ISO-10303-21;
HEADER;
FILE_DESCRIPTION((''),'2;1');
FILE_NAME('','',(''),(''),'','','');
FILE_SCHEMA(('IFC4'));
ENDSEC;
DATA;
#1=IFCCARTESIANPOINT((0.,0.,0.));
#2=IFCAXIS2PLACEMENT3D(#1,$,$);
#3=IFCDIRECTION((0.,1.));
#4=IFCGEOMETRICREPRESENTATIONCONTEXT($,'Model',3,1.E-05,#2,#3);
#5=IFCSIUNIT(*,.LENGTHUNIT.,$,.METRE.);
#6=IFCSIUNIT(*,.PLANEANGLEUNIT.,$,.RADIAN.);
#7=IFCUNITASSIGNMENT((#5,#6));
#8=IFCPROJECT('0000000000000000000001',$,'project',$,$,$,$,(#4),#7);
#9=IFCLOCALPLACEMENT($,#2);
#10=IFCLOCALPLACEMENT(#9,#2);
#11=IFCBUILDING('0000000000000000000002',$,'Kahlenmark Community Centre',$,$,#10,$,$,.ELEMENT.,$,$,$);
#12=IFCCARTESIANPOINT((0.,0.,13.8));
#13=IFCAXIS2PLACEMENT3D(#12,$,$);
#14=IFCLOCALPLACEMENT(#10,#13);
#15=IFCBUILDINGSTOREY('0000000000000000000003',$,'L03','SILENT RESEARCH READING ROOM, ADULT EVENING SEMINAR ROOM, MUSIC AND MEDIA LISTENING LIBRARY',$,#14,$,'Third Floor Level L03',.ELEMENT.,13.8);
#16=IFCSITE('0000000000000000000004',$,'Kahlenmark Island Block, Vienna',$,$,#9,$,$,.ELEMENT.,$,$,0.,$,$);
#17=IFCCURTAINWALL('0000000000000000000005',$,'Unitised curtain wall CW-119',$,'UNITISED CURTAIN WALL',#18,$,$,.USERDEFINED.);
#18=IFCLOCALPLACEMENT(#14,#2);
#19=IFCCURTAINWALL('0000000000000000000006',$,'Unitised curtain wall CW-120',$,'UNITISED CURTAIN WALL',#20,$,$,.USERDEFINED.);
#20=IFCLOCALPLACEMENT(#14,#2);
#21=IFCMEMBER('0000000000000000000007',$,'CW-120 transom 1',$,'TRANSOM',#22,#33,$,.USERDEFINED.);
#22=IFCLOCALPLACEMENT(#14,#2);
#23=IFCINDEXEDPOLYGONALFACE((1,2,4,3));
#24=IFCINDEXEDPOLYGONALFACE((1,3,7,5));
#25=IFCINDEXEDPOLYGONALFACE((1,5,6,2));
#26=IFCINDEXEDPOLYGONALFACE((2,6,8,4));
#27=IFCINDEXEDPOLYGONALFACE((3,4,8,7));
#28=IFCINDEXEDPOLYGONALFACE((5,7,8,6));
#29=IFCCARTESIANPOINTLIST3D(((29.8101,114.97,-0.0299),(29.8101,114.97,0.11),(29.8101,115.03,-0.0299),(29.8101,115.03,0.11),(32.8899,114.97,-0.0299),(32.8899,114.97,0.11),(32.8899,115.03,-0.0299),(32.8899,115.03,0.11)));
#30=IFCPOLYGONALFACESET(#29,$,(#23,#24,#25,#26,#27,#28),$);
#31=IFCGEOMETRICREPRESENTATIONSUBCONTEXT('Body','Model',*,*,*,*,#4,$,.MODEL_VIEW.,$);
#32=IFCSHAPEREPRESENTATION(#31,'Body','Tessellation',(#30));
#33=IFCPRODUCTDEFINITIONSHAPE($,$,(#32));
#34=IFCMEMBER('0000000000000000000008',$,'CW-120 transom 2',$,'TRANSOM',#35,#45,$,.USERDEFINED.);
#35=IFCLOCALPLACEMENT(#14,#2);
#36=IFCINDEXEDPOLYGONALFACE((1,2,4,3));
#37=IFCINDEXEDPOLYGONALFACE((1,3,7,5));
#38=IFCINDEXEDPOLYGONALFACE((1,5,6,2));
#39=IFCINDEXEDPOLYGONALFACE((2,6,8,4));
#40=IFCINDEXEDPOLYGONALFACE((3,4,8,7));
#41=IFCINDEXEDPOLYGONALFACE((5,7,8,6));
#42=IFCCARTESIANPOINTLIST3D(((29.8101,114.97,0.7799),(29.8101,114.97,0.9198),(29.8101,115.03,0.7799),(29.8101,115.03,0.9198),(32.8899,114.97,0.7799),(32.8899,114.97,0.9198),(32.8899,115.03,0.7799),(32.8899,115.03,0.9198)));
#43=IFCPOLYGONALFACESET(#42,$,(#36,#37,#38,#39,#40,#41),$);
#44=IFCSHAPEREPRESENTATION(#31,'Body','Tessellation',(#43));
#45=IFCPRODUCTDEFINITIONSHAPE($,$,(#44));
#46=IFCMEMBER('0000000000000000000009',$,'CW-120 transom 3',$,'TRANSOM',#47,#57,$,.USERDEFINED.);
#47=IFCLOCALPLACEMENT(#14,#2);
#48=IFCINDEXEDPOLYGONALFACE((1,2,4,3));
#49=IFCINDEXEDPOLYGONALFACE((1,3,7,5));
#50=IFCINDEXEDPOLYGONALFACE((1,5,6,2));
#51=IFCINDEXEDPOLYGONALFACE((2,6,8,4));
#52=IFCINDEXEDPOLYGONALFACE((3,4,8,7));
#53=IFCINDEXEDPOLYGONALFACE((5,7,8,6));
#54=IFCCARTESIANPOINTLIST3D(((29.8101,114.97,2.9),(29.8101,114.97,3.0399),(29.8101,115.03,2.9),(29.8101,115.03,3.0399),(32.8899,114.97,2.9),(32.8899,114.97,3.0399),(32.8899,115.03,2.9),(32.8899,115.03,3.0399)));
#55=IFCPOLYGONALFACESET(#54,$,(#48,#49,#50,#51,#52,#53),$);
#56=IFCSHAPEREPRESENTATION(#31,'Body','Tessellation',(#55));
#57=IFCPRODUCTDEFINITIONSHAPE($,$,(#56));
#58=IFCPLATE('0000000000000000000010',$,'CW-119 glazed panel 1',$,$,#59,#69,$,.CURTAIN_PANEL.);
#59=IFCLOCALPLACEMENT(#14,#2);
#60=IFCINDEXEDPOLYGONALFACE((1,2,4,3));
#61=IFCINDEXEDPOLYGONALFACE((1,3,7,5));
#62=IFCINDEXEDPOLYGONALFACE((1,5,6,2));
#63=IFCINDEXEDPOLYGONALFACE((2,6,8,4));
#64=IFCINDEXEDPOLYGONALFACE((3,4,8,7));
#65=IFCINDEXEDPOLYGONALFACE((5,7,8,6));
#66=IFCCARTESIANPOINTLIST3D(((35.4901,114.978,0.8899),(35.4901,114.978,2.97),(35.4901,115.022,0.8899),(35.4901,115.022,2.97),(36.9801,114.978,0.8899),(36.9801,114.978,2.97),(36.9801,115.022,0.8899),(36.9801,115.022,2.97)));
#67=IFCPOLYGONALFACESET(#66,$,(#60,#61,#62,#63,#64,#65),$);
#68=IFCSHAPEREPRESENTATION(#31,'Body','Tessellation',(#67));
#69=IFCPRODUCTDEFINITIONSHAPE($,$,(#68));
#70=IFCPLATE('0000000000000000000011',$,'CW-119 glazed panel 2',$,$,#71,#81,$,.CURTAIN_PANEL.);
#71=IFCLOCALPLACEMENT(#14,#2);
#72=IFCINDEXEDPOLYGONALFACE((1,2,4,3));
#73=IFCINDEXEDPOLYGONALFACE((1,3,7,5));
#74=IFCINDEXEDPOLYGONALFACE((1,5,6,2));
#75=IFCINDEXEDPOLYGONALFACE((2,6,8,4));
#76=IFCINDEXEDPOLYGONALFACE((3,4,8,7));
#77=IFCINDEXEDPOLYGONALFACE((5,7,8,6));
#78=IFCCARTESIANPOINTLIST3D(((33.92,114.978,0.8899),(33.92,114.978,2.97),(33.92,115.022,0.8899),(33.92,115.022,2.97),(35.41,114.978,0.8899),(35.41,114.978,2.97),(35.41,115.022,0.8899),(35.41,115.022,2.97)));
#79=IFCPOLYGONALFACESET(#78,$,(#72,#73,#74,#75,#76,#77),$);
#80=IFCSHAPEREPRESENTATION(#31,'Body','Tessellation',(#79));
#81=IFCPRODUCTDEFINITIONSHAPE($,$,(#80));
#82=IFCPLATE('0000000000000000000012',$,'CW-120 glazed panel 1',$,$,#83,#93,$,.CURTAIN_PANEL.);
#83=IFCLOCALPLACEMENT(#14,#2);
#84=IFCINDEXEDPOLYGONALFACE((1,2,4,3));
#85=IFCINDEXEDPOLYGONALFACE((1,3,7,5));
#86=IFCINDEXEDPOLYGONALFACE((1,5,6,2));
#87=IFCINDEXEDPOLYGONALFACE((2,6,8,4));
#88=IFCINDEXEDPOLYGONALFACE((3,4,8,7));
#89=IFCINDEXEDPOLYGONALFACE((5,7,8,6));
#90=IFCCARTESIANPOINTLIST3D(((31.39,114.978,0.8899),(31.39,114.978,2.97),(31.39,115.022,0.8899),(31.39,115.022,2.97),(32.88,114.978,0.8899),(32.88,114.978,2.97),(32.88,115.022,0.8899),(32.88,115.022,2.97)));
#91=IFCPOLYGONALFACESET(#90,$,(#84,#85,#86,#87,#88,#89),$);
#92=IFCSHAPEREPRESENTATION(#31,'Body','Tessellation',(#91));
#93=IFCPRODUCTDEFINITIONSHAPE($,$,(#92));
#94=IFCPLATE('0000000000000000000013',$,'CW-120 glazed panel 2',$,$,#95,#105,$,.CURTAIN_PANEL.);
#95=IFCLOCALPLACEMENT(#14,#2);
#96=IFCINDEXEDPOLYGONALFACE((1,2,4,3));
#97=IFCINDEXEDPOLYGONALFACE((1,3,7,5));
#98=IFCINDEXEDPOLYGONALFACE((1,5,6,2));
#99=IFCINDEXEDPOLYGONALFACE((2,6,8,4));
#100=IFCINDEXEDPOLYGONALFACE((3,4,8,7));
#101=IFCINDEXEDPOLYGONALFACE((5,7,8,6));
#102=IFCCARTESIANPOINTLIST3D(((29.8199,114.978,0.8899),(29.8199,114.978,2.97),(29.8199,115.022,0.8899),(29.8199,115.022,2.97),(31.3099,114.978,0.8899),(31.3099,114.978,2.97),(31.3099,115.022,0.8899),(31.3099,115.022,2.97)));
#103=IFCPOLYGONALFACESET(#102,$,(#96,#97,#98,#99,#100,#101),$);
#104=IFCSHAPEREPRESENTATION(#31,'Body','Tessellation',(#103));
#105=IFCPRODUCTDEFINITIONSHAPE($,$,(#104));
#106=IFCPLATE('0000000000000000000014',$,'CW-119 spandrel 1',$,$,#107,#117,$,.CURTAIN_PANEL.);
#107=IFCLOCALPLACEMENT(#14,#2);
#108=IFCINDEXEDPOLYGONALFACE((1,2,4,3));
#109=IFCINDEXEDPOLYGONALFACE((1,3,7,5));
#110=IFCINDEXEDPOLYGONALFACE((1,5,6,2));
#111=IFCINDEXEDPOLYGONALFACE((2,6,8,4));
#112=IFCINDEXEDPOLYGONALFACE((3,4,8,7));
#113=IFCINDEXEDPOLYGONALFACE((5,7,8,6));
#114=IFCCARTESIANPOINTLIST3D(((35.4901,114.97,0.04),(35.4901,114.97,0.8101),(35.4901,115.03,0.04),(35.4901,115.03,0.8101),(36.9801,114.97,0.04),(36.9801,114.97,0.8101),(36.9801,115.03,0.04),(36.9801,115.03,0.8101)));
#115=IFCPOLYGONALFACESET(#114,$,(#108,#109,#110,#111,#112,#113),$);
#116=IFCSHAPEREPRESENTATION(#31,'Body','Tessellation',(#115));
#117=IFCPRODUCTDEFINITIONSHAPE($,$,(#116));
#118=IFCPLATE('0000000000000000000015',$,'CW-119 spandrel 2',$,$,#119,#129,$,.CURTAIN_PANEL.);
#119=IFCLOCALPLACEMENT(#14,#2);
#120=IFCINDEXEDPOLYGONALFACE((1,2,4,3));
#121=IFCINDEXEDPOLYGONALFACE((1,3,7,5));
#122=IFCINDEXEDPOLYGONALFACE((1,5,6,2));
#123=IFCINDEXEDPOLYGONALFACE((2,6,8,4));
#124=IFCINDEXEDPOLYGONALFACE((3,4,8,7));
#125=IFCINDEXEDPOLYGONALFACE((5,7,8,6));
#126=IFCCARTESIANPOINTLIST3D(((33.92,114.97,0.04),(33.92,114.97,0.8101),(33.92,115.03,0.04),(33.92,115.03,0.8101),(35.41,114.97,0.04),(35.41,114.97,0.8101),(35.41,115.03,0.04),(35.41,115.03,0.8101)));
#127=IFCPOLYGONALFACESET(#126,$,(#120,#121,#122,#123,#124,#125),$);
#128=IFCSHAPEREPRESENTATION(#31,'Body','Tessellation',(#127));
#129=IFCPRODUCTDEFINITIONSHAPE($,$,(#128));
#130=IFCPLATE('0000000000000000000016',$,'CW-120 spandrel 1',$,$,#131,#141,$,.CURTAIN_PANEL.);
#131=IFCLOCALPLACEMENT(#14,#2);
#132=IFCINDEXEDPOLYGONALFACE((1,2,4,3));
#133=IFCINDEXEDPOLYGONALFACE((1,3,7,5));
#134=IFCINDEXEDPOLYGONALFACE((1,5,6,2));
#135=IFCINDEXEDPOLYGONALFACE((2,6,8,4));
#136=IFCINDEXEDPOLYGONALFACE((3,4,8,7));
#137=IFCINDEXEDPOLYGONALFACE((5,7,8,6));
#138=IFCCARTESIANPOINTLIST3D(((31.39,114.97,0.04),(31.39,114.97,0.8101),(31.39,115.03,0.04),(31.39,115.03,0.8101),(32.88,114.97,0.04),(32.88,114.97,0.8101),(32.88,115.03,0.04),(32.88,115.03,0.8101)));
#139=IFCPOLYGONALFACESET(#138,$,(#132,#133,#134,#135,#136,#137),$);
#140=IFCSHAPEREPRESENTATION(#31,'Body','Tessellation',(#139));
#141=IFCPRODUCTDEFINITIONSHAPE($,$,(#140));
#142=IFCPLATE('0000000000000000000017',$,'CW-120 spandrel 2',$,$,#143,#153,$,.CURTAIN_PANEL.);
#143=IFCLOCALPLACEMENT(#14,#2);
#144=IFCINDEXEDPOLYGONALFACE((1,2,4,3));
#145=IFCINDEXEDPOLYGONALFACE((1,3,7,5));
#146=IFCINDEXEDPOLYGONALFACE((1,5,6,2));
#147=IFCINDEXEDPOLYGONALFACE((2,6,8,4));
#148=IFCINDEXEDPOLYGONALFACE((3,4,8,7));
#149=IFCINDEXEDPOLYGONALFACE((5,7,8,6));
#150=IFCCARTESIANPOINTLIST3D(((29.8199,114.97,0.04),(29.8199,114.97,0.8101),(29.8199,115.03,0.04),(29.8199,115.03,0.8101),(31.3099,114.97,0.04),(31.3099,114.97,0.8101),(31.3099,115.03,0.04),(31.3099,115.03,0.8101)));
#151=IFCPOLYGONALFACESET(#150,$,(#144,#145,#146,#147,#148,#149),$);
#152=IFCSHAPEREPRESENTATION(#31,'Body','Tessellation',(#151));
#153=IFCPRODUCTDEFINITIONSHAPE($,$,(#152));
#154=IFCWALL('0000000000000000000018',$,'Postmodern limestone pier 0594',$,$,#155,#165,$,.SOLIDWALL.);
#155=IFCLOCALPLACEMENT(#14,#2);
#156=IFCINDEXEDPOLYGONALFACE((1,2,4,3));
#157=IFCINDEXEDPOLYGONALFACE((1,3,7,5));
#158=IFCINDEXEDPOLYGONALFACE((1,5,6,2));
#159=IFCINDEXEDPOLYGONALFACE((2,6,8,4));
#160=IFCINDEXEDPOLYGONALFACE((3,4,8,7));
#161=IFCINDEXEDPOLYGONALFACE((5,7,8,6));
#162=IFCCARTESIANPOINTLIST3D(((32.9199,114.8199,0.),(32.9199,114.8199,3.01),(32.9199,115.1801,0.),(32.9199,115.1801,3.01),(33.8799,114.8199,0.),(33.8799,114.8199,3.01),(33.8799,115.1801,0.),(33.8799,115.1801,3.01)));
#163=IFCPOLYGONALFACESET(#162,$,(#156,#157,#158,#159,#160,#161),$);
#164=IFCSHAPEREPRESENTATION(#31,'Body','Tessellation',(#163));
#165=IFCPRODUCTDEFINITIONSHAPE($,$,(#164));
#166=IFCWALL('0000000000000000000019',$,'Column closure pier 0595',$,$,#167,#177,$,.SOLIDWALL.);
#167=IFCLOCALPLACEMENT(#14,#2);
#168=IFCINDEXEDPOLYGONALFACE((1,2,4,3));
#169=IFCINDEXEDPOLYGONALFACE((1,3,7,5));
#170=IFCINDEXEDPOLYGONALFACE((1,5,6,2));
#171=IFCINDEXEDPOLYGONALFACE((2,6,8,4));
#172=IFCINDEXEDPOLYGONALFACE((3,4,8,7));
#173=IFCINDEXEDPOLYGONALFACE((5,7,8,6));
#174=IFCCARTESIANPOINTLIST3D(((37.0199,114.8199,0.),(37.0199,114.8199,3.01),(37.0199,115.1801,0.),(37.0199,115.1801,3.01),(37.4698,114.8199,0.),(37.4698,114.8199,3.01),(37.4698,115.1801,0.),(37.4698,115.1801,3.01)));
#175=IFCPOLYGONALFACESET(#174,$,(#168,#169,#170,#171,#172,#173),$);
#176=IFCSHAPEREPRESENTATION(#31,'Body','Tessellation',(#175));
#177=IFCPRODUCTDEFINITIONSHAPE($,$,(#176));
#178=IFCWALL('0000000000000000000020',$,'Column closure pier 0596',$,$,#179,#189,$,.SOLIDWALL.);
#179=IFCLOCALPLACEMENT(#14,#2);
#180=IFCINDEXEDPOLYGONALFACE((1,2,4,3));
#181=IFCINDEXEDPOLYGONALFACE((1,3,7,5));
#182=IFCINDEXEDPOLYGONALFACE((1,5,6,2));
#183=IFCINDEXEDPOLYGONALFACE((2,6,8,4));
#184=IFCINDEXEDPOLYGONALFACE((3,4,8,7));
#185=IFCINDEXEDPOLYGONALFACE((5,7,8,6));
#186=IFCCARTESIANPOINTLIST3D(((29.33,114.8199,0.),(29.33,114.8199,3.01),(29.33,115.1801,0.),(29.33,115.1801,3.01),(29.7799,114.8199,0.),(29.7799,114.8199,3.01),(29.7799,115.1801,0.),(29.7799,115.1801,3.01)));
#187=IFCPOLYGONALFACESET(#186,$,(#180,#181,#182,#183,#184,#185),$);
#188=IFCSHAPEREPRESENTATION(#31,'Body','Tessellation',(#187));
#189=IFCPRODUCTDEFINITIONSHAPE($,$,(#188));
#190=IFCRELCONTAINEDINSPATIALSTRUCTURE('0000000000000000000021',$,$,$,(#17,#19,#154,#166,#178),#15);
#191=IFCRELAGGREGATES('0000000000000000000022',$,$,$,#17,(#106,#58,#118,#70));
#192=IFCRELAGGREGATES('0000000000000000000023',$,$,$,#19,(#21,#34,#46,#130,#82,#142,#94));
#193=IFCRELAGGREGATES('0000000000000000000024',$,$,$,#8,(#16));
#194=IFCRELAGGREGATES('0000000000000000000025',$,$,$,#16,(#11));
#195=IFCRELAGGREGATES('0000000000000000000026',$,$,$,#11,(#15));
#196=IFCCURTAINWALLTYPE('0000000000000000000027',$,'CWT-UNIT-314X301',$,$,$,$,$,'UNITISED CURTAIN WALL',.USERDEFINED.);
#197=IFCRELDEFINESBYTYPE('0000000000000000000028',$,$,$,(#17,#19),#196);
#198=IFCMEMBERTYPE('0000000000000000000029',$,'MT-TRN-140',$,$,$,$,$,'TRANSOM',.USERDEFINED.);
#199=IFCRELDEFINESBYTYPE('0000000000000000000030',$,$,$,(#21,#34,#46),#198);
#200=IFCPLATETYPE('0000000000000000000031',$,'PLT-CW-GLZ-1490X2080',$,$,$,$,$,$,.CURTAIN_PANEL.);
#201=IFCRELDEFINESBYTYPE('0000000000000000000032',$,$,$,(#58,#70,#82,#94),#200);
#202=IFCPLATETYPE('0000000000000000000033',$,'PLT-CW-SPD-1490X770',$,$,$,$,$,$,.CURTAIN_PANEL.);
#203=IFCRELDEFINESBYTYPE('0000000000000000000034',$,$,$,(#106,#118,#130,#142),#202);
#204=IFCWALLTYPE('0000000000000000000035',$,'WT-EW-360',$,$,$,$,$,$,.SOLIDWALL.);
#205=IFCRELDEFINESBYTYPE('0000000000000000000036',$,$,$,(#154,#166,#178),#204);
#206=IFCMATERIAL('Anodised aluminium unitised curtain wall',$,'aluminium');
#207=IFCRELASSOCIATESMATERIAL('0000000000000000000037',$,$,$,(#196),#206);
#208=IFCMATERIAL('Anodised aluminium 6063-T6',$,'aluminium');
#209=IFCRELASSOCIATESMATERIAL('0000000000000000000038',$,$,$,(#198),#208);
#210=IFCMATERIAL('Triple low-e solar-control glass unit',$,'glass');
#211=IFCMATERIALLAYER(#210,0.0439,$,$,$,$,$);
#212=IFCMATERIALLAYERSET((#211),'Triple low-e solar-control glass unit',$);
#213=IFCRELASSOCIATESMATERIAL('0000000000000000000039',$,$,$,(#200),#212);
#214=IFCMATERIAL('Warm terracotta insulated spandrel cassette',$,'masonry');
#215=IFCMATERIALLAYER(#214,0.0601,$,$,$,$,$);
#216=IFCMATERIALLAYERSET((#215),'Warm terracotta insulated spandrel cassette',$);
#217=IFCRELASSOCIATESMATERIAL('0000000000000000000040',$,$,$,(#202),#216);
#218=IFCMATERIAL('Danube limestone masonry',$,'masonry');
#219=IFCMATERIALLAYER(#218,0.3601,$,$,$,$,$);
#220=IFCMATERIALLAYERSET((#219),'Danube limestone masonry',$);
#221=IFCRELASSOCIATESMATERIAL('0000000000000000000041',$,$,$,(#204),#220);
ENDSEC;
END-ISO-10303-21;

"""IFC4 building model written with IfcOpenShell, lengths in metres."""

from ifc_helpers import new_model, si_unit, direction, frame, frame_2d, origin, origin_2d, place, context, subcontext, project, spatial, rectangle, extrude, material, layer, layer_set, material_profile, profile_set, type_object, element, aggregate, save


model = new_model("IFC4")

# Units and contexts
model_context = context("Model", 3, precision=1e-05, world=origin(), true_north=direction((0.0, 1.0)))
body_context = subcontext(model_context, "Body", "Model", "MODEL_VIEW")
ifc_project = project(units=[si_unit("LENGTHUNIT", "METRE"), si_unit("PLANEANGLEUNIT", "RADIAN")], contexts=[model_context])

# Site, building, storey
site_placement = place(None, origin())
site = spatial("IfcSite", under=ifc_project, at=site_placement, Name="Kahlenmark Island Block, Vienna", CompositionType="ELEMENT", RefElevation=0.0)
building_placement = place(site_placement, origin())
building = spatial("IfcBuilding", under=site, at=building_placement, Name="Kahlenmark Community Centre", CompositionType="ELEMENT")
storey_placement = place(building_placement, frame((0.0, 0.0, 13.8)))
storey = spatial("IfcBuildingStorey", under=building, at=storey_placement, Name="L03", Description="SILENT RESEARCH READING ROOM, ADULT EVENING SEMINAR ROOM, MUSIC AND MEDIA LISTENING LIBRARY", LongName="Third Floor Level L03", CompositionType="ELEMENT", Elevation=13.8)

# Curtain walls
ifc_material_1 = material(Name="Anodised aluminium unitised curtain wall", Category="aluminium")
curtain_wall_type = type_object("IfcCurtainWallType", Name="CWT-UNIT-314X301", ElementType="UNITISED CURTAIN WALL", PredefinedType="USERDEFINED", material=ifc_material_1)
curtain_wall_1_placement = place(storey_placement, origin())
curtain_wall_1 = element("IfcCurtainWall", 1, at=curtain_wall_1_placement, inside=storey, type_object=curtain_wall_type, Name="Unitised curtain wall CW-119", ObjectType="UNITISED CURTAIN WALL", PredefinedType="USERDEFINED")
ifc_material_2 = material(Name="Anodised aluminium 6063-T6", Category="aluminium")
curtain_wall_2_placement = place(storey_placement, origin())
curtain_wall_2 = element("IfcCurtainWall", 2, at=curtain_wall_2_placement, inside=storey, type_object=curtain_wall_type, Name="Unitised curtain wall CW-120", ObjectType="UNITISED CURTAIN WALL", PredefinedType="USERDEFINED")

# Members
ifc_material_profile_1 = material_profile(ifc_material_2, rectangle(XDim=0.0601, YDim=0.1399, at=origin_2d()), Name="ALU TRANSOM 60x140")
ifc_profile_set_1 = profile_set([ifc_material_profile_1], Name="Anodised aluminium 6063-T6")
member_type_1 = type_object("IfcMemberType", Name="MT-TRN-140", ElementType="TRANSOM", PredefinedType="USERDEFINED", material=ifc_profile_set_1)
member_1_placement = place(storey_placement, frame((32.8899, 115.0, 0.04), z_axis=(-1.0, 0.0, 0.0), x_axis=(0.0, -1.0, 0.0)))
member_1 = element("IfcMember", 3, at=member_1_placement, type_object=member_type_1, Name="CW-120 transom 1", ObjectType="TRANSOM", PredefinedType="USERDEFINED", context=body_context, shape_type="SweptSolid", body=[
    extrude(rectangle(XDim=0.0601, YDim=0.1399, at=origin_2d()), origin(), (0.0, 0.0, 1.0), 3.0798),
])
member_2_placement = place(storey_placement, frame((32.8899, 115.0, 0.8499), z_axis=(-1.0, 0.0, 0.0), x_axis=(0.0, -1.0, 0.0)))
member_2 = element("IfcMember", 4, at=member_2_placement, type_object=member_type_1, Name="CW-120 transom 2", ObjectType="TRANSOM", PredefinedType="USERDEFINED", context=body_context, shape_type="SweptSolid", body=[
    extrude(rectangle(XDim=0.0601, YDim=0.1399, at=origin_2d()), origin(), (0.0, 0.0, 1.0), 3.0798),
])
member_3_placement = place(storey_placement, frame((32.8899, 115.0, 2.97), z_axis=(-1.0, 0.0, 0.0), x_axis=(0.0, -1.0, 0.0)))
member_3 = element("IfcMember", 5, at=member_3_placement, type_object=member_type_1, Name="CW-120 transom 3", ObjectType="TRANSOM", PredefinedType="USERDEFINED", context=body_context, shape_type="SweptSolid", body=[
    extrude(rectangle(XDim=0.0601, YDim=0.1399, at=origin_2d()), origin(), (0.0, 0.0, 1.0), 3.0798),
])

# Plates
ifc_material_3 = material(Name="Triple low-e solar-control glass unit", Category="glass")
ifc_layer_1 = layer(ifc_material_3, 0.0439)
ifc_layer_set_1 = layer_set([ifc_layer_1], Name="Triple low-e solar-control glass unit")
plate_type_1 = type_object("IfcPlateType", Name="PLT-CW-GLZ-1490X2080", PredefinedType="CURTAIN_PANEL", material=ifc_layer_set_1)
plate_1_placement = place(storey_placement, frame((36.2351, 115.0, 0.8899), z_axis=(0.0, 0.0, 1.0), x_axis=(-1.0, 0.0, 0.0)))
plate_1 = element("IfcPlate", 6, at=plate_1_placement, type_object=plate_type_1, Name="CW-119 glazed panel 1", PredefinedType="CURTAIN_PANEL", context=body_context, shape_type="SweptSolid", body=[
    extrude(rectangle(XDim=1.49, YDim=0.0439, at=origin_2d()), origin(), (0.0, 0.0, 1.0), 2.0801),
])
plate_2_placement = place(storey_placement, frame((34.665, 115.0, 0.8899), z_axis=(0.0, 0.0, 1.0), x_axis=(-1.0, 0.0, 0.0)))
plate_2 = element("IfcPlate", 7, at=plate_2_placement, type_object=plate_type_1, Name="CW-119 glazed panel 2", PredefinedType="CURTAIN_PANEL", context=body_context, shape_type="SweptSolid", body=[
    extrude(rectangle(XDim=1.49, YDim=0.0439, at=origin_2d()), origin(), (0.0, 0.0, 1.0), 2.0801),
])
plate_3_placement = place(storey_placement, frame((32.135, 115.0, 0.8899), z_axis=(0.0, 0.0, 1.0), x_axis=(-1.0, 0.0, 0.0)))
plate_3 = element("IfcPlate", 8, at=plate_3_placement, type_object=plate_type_1, Name="CW-120 glazed panel 1", PredefinedType="CURTAIN_PANEL", context=body_context, shape_type="SweptSolid", body=[
    extrude(rectangle(XDim=1.49, YDim=0.0439, at=origin_2d()), origin(), (0.0, 0.0, 1.0), 2.0801),
])
plate_4_placement = place(storey_placement, frame((30.5649, 115.0, 0.8899), z_axis=(0.0, 0.0, 1.0), x_axis=(-1.0, 0.0, 0.0)))
plate_4 = element("IfcPlate", 9, at=plate_4_placement, type_object=plate_type_1, Name="CW-120 glazed panel 2", PredefinedType="CURTAIN_PANEL", context=body_context, shape_type="SweptSolid", body=[
    extrude(rectangle(XDim=1.49, YDim=0.0439, at=origin_2d()), origin(), (0.0, 0.0, 1.0), 2.0801),
])
ifc_material_4 = material(Name="Warm terracotta insulated spandrel cassette", Category="masonry")
ifc_layer_2 = layer(ifc_material_4, 0.0601)
ifc_layer_set_2 = layer_set([ifc_layer_2], Name="Warm terracotta insulated spandrel cassette")
plate_type_2 = type_object("IfcPlateType", Name="PLT-CW-SPD-1490X770", PredefinedType="CURTAIN_PANEL", material=ifc_layer_set_2)
plate_5_placement = place(storey_placement, frame((36.2351, 115.0, 0.04), z_axis=(0.0, 0.0, 1.0), x_axis=(-1.0, 0.0, 0.0)))
plate_5 = element("IfcPlate", 10, at=plate_5_placement, type_object=plate_type_2, Name="CW-119 spandrel 1", PredefinedType="CURTAIN_PANEL", context=body_context, shape_type="SweptSolid", body=[
    extrude(rectangle(XDim=1.49, YDim=0.0601, at=origin_2d()), origin(), (0.0, 0.0, 1.0), 0.77),
])
plate_6_placement = place(storey_placement, frame((34.665, 115.0, 0.04), z_axis=(0.0, 0.0, 1.0), x_axis=(-1.0, 0.0, 0.0)))
plate_6 = element("IfcPlate", 11, at=plate_6_placement, type_object=plate_type_2, Name="CW-119 spandrel 2", PredefinedType="CURTAIN_PANEL", context=body_context, shape_type="SweptSolid", body=[
    extrude(rectangle(XDim=1.49, YDim=0.0601, at=origin_2d()), origin(), (0.0, 0.0, 1.0), 0.77),
])
aggregate(curtain_wall_1, [plate_5, plate_1, plate_6, plate_2])
plate_7_placement = place(storey_placement, frame((32.135, 115.0, 0.04), z_axis=(0.0, 0.0, 1.0), x_axis=(-1.0, 0.0, 0.0)))
plate_7 = element("IfcPlate", 12, at=plate_7_placement, type_object=plate_type_2, Name="CW-120 spandrel 1", PredefinedType="CURTAIN_PANEL", context=body_context, shape_type="SweptSolid", body=[
    extrude(rectangle(XDim=1.49, YDim=0.0601, at=origin_2d()), origin(), (0.0, 0.0, 1.0), 0.77),
])
plate_8_placement = place(storey_placement, frame((30.5649, 115.0, 0.04), z_axis=(0.0, 0.0, 1.0), x_axis=(-1.0, 0.0, 0.0)))
plate_8 = element("IfcPlate", 13, at=plate_8_placement, type_object=plate_type_2, Name="CW-120 spandrel 2", PredefinedType="CURTAIN_PANEL", context=body_context, shape_type="SweptSolid", body=[
    extrude(rectangle(XDim=1.49, YDim=0.0601, at=origin_2d()), origin(), (0.0, 0.0, 1.0), 0.77),
])
aggregate(curtain_wall_2, [member_1, member_2, member_3, plate_7, plate_3, plate_8, plate_4])

# Walls
ifc_material_5 = material(Name="Danube limestone masonry", Category="masonry")
ifc_layer_3 = layer(ifc_material_5, 0.3601)
ifc_layer_set_3 = layer_set([ifc_layer_3], Name="Danube limestone masonry")
wall_type = type_object("IfcWallType", Name="WT-EW-360", PredefinedType="SOLIDWALL", material=ifc_layer_set_3)
wall_1_placement = place(storey_placement, frame((33.8799, 115.0, 0.0), z_axis=(0.0, 0.0, 1.0), x_axis=(-1.0, 0.0, 0.0)))
element("IfcWall", 14, at=wall_1_placement, inside=storey, type_object=wall_type, Name="Postmodern limestone pier 0594", PredefinedType="SOLIDWALL", context=body_context, shape_type="SweptSolid", body=[
    extrude(rectangle(XDim=0.96, YDim=0.3601, at=frame_2d((0.48, 0.0))), origin(), (0.0, 0.0, 1.0), 3.01),
])
for number, where, z_axis, x_axis, name in (
    (15, (37.47, 115.0, 0.0), (0.0, 0.0, 1.0), (-1.0, 0.0, 0.0), "Column closure pier 0595"),
    (16, (29.78, 115.0, 0.0), (0.0, 0.0, 1.0), (-1.0, 0.0, 0.0), "Column closure pier 0596"),
):
    element("IfcWall", number, at=place(storey_placement, frame(where, z_axis=z_axis, x_axis=x_axis)), inside=storey, type_object=wall_type, Name=name, PredefinedType="SOLIDWALL", context=body_context, shape_type="SweptSolid", body=[
        extrude(rectangle(XDim=0.45, YDim=0.3601, at=frame_2d((0.2251, 0.0))), origin(), (0.0, 0.0, 1.0), 3.01),
    ])

save(model, "model.ifc")
